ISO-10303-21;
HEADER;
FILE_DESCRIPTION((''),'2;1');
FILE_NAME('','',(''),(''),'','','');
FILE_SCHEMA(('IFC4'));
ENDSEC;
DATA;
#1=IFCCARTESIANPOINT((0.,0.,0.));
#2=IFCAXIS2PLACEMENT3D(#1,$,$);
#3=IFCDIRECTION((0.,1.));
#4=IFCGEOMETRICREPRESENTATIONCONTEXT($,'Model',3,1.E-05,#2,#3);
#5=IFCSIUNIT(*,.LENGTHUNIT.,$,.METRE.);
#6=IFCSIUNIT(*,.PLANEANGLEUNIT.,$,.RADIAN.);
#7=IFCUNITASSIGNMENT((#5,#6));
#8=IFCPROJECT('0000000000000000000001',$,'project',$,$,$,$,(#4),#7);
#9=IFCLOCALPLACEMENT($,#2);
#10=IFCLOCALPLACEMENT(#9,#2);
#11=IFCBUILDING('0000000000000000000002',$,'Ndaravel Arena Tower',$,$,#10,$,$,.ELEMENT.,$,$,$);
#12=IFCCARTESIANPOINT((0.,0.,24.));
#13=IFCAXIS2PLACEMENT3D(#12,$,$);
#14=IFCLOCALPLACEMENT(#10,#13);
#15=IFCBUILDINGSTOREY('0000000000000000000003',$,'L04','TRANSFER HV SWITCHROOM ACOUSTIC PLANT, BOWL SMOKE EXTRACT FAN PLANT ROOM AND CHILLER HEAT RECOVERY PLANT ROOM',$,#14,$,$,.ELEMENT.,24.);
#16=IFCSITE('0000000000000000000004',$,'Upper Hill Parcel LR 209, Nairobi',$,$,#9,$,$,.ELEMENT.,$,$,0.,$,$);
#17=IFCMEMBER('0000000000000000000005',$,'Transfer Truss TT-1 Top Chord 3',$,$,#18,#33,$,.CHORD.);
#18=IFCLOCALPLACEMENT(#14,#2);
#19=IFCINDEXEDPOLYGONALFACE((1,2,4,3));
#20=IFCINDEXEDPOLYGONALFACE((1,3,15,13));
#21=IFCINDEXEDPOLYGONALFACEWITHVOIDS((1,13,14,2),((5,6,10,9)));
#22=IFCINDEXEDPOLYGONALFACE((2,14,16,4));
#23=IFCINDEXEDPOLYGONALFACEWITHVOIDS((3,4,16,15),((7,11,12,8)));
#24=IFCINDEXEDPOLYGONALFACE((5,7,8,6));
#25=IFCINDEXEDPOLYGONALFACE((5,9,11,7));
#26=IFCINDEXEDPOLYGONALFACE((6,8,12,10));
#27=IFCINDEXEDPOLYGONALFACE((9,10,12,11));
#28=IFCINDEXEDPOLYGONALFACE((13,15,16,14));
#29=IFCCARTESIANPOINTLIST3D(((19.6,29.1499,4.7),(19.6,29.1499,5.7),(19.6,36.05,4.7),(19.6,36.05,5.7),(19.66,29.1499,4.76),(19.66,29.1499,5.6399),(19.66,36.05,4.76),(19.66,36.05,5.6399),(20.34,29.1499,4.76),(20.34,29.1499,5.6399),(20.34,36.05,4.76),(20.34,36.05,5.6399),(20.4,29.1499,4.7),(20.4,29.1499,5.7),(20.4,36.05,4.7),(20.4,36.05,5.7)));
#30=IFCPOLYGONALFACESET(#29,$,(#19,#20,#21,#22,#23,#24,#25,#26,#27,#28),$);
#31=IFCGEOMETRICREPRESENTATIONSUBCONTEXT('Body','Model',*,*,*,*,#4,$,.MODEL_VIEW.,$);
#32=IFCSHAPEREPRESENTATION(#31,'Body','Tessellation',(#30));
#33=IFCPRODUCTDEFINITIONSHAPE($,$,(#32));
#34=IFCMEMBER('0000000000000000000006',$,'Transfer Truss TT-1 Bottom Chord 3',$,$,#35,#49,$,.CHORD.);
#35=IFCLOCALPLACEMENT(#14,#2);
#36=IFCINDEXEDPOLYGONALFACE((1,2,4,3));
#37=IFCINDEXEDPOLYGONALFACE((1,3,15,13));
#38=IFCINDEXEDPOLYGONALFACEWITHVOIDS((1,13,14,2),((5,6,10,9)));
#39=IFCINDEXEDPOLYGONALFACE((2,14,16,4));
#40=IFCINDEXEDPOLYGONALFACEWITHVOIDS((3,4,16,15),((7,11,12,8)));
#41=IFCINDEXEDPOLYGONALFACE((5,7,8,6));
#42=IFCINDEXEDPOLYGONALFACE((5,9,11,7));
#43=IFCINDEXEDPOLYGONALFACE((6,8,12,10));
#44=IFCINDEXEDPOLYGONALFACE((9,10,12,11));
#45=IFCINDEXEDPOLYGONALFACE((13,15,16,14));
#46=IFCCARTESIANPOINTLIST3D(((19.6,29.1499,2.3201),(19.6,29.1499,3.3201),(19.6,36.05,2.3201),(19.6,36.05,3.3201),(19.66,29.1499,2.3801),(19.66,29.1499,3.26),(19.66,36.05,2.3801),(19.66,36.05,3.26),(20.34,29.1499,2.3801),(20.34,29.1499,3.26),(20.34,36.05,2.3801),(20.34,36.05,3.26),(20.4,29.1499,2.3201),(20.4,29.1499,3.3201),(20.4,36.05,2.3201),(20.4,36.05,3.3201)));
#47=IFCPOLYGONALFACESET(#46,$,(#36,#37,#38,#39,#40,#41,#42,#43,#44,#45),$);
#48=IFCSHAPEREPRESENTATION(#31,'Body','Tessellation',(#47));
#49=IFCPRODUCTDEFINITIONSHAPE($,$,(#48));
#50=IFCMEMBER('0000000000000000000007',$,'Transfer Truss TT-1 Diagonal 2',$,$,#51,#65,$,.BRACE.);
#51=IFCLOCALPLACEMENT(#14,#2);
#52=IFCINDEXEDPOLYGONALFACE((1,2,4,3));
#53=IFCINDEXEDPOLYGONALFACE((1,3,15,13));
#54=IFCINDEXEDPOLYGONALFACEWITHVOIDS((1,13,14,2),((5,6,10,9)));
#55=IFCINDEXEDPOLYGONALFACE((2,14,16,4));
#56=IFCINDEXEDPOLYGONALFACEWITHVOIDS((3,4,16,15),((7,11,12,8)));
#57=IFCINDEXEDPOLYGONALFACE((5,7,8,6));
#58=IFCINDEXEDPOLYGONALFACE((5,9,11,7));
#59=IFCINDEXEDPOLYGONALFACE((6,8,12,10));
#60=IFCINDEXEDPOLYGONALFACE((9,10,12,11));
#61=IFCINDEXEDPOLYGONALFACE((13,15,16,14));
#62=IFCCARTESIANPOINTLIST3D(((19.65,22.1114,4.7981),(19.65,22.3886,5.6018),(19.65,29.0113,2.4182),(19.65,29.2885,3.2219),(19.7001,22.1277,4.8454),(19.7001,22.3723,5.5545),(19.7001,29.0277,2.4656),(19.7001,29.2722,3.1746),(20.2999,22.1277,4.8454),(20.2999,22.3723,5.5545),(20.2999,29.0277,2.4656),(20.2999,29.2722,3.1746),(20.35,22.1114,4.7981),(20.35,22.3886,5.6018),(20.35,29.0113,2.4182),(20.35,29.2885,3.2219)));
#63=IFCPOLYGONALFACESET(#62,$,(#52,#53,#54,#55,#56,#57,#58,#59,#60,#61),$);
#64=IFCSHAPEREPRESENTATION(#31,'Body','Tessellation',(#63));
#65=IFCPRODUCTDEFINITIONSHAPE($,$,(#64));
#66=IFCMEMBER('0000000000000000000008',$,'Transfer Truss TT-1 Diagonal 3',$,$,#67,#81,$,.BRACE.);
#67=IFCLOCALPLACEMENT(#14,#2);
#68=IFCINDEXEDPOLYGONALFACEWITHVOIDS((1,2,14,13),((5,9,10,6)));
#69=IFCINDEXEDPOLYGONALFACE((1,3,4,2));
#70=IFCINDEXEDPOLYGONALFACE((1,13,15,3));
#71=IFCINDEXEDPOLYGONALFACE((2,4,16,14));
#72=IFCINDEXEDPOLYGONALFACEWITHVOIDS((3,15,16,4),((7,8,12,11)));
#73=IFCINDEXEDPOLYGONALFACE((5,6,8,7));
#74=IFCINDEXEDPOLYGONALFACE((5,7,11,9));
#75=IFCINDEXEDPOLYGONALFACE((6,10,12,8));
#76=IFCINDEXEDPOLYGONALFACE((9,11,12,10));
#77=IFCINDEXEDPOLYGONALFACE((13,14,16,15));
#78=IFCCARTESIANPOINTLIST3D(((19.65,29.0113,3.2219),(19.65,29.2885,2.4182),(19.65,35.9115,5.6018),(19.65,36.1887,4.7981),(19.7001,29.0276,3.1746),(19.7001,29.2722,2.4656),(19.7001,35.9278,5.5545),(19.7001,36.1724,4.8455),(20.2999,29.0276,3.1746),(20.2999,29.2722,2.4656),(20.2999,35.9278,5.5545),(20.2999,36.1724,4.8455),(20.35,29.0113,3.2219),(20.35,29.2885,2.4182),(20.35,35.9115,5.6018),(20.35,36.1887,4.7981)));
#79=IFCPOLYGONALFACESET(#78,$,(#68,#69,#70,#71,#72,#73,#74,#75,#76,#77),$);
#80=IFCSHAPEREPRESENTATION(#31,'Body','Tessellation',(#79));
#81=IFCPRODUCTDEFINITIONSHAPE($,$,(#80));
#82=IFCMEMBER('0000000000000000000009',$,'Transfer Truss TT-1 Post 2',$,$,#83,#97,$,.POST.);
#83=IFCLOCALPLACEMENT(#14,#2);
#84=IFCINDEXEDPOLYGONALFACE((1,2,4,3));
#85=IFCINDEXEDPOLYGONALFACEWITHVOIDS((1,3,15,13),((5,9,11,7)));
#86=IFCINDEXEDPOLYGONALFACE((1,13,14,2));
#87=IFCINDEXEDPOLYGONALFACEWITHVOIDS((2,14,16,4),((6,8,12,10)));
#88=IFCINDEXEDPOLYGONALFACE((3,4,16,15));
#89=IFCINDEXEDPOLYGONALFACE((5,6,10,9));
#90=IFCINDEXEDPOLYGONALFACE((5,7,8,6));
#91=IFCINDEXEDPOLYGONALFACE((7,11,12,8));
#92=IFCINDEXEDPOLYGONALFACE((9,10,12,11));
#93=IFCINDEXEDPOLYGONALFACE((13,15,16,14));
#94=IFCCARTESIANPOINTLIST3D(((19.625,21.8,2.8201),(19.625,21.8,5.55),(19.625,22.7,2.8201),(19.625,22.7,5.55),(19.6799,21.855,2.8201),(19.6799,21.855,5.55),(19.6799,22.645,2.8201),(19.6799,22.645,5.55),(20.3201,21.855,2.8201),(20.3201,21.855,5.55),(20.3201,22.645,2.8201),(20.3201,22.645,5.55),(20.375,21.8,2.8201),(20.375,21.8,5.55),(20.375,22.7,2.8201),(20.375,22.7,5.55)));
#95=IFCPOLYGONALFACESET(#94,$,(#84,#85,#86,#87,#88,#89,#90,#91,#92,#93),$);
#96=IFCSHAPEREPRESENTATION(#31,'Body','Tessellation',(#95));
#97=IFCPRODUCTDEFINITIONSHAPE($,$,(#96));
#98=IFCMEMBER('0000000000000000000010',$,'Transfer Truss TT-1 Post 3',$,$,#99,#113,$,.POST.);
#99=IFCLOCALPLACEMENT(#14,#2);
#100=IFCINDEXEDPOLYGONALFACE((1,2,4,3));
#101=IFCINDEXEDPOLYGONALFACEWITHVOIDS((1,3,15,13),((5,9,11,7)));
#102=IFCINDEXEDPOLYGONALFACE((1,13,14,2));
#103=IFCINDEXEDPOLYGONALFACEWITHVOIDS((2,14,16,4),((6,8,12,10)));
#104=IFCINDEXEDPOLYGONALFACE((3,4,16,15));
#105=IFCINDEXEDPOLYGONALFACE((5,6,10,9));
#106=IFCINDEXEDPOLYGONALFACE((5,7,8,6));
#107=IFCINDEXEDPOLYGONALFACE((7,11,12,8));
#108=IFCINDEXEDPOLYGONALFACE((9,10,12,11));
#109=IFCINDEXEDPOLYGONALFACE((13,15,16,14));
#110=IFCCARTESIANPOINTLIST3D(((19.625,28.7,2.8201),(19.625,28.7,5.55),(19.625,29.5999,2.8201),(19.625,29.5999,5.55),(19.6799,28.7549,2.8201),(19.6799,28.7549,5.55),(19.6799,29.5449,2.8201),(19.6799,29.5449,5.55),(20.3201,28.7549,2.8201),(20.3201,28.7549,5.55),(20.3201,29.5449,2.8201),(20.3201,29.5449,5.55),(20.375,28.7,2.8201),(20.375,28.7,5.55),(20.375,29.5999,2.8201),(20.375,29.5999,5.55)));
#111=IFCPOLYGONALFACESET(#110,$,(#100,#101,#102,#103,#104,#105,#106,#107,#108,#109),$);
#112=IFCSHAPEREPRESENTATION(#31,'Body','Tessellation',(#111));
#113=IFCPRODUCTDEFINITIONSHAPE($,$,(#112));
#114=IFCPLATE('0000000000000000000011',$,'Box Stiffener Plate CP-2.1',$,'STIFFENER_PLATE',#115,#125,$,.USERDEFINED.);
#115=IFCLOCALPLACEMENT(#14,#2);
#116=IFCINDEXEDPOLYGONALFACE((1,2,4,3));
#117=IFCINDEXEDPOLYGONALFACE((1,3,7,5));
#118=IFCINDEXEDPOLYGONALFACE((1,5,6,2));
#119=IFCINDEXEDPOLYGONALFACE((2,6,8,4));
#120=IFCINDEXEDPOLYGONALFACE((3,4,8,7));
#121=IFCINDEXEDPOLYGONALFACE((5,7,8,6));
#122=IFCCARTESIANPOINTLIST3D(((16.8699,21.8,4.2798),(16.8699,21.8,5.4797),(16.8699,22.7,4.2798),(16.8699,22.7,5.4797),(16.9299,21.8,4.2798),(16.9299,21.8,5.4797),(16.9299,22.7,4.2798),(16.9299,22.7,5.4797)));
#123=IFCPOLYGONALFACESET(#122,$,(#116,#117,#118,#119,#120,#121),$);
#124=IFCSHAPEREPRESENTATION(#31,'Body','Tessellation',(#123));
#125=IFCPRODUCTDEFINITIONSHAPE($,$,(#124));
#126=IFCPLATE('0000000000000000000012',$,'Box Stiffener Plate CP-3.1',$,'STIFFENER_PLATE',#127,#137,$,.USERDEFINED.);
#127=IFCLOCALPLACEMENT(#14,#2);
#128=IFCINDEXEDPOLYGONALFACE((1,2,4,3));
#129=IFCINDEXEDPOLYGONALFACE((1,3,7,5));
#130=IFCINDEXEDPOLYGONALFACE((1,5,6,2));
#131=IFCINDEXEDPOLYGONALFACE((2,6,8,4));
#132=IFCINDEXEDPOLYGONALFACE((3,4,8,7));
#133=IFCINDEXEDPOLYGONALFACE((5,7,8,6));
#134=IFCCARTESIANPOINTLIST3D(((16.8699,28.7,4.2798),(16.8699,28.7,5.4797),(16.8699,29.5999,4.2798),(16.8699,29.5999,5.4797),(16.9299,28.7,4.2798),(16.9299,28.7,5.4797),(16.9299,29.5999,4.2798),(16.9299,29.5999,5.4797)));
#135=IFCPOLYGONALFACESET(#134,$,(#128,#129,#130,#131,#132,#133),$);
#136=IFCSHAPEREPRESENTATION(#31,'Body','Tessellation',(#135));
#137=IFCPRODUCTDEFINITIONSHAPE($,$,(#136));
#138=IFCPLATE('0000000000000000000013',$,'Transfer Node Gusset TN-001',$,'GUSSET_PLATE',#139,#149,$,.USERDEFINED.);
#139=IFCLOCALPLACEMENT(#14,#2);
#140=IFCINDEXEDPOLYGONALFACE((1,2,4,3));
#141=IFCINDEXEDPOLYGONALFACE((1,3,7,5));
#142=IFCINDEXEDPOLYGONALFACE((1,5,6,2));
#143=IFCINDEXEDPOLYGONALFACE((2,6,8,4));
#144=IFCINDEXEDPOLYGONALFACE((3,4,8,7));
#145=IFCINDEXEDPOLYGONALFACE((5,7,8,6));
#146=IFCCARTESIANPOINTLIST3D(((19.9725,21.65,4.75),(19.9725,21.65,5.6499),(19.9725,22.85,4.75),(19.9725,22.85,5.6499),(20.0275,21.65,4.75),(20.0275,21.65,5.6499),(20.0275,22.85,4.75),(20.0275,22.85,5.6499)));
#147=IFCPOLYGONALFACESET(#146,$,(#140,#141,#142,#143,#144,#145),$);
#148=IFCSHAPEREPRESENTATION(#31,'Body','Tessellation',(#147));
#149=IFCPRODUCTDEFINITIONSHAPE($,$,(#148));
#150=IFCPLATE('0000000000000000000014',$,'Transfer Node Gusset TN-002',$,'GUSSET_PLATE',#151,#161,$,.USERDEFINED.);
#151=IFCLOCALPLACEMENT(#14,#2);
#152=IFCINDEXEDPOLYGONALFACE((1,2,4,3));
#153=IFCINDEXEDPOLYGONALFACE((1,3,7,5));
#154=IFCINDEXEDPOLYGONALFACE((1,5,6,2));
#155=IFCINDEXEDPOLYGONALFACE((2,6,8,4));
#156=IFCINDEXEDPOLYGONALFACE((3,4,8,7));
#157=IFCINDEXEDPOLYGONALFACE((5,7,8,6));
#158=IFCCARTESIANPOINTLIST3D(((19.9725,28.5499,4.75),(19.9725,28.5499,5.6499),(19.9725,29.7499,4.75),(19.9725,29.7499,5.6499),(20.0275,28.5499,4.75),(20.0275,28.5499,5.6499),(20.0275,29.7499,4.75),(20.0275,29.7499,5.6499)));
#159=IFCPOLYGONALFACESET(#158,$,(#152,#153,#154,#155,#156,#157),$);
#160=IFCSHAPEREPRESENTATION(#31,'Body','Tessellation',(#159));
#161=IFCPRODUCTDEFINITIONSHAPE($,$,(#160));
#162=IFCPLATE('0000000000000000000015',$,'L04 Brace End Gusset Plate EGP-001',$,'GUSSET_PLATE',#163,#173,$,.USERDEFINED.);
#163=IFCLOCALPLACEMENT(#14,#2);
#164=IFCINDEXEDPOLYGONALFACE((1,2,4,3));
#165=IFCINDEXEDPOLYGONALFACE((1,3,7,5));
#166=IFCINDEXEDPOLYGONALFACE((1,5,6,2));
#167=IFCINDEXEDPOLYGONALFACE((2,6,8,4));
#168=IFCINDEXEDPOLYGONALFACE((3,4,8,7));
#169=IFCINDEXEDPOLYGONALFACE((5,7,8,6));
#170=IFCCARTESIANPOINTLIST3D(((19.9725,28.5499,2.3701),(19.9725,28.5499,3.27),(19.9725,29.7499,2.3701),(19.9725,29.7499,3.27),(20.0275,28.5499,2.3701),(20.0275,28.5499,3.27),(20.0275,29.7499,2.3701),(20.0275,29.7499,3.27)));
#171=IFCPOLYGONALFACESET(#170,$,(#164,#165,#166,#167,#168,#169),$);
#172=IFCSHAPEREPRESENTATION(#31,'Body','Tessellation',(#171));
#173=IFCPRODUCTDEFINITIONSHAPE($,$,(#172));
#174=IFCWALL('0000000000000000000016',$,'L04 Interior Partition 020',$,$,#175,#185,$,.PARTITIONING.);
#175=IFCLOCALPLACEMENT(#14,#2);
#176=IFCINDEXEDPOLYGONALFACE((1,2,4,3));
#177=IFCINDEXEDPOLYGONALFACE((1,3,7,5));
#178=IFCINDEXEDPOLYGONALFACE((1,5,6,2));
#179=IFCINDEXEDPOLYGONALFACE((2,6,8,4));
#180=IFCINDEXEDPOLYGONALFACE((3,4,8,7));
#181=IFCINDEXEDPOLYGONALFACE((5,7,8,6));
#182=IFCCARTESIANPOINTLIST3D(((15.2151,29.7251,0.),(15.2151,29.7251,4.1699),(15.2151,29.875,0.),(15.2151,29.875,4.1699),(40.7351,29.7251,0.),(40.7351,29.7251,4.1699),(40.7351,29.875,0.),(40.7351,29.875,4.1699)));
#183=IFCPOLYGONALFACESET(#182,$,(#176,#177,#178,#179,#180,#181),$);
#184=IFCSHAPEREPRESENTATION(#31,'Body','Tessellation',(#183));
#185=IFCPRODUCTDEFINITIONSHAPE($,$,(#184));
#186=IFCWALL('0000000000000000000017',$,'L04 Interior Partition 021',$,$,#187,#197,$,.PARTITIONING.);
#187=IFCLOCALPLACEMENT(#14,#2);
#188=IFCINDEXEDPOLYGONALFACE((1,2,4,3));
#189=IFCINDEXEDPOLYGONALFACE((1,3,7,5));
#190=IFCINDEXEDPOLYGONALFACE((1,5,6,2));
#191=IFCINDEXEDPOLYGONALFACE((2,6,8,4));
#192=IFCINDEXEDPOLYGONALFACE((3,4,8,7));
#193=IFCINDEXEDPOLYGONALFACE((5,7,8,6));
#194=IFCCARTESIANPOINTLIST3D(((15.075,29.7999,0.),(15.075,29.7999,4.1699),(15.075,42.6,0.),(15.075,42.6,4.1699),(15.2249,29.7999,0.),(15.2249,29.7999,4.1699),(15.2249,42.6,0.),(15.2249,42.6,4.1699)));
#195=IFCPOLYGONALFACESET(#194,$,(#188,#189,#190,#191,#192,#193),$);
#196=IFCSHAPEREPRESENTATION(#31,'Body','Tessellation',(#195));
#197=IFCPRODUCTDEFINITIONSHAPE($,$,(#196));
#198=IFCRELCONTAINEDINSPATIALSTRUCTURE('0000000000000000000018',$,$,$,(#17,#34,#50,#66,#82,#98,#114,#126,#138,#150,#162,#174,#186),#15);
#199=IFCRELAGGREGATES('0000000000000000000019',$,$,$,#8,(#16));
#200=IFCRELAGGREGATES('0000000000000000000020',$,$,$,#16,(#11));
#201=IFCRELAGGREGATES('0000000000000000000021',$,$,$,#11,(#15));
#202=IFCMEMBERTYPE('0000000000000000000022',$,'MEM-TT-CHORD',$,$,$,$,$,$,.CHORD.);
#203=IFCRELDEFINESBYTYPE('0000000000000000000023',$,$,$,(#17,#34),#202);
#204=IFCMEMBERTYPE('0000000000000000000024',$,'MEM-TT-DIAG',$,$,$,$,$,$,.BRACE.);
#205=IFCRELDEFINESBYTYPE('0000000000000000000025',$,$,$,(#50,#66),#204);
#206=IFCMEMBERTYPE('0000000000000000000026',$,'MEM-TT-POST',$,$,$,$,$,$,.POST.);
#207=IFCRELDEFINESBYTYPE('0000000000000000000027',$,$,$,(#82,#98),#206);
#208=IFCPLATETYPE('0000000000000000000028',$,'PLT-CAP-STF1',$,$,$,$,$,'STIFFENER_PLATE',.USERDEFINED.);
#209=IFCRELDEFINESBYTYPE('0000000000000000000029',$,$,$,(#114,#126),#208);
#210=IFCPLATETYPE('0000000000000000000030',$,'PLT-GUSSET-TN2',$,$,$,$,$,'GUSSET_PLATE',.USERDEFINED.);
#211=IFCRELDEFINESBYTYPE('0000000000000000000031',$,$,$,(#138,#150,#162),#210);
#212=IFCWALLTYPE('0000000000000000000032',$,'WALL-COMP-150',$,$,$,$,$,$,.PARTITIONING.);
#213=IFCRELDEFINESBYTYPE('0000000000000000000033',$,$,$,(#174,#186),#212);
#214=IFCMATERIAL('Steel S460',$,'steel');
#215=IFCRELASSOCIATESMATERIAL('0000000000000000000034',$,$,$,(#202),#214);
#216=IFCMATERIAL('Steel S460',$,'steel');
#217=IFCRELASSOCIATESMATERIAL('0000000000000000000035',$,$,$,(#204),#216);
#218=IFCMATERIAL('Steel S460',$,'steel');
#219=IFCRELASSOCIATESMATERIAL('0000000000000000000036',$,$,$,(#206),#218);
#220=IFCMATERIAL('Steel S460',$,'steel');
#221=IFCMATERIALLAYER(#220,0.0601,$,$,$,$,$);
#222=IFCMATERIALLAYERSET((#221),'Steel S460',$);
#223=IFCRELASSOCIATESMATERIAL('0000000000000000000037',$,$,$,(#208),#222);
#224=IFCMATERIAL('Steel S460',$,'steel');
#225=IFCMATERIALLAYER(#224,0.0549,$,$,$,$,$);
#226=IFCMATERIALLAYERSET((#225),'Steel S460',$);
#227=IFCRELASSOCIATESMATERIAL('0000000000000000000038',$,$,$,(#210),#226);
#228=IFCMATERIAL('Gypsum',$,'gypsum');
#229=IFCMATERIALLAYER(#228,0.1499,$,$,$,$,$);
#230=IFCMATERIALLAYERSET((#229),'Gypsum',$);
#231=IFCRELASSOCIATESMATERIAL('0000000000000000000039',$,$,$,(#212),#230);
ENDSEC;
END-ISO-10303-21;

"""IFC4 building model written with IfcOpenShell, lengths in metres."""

from ifc_helpers import new_model, si_unit, direction, frame, frame_2d, origin, origin_2d, place, context, subcontext, project, spatial, rectangle, hollow_rectangle, extrude, material, layer, layer_set, material_profile, profile_set, type_object, element, save


model = new_model("IFC4")

# Units and contexts
model_context = context("Model", 3, precision=1e-05, world=origin(), true_north=direction((0.0, 1.0)))
body_context = subcontext(model_context, "Body", "Model", "MODEL_VIEW")
ifc_project = project(units=[si_unit("LENGTHUNIT", "METRE"), si_unit("PLANEANGLEUNIT", "RADIAN")], contexts=[model_context])

# Site, building, storey
site_placement = place(None, origin())
site = spatial("IfcSite", under=ifc_project, at=site_placement, Name="Upper Hill Parcel LR 209, Nairobi", CompositionType="ELEMENT", RefElevation=0.0)
building_placement = place(site_placement, origin())
building = spatial("IfcBuilding", under=site, at=building_placement, Name="Ndaravel Arena Tower", CompositionType="ELEMENT")
storey_placement = place(building_placement, frame((0.0, 0.0, 24.0)))
storey = spatial("IfcBuildingStorey", under=building, at=storey_placement, Name="L04", Description="TRANSFER HV SWITCHROOM ACOUSTIC PLANT, BOWL SMOKE EXTRACT FAN PLANT ROOM AND CHILLER HEAT RECOVERY PLANT ROOM", CompositionType="ELEMENT", Elevation=24.0)

# Members
ifc_material_1 = material(Name="Steel S460", Category="steel")
ifc_material_profile_1 = material_profile(ifc_material_1, hollow_rectangle(XDim=0.8, YDim=1.0, WallThickness=0.0601, at=origin_2d()), Name="BOX 1000x800x60")
ifc_profile_set_1 = profile_set([ifc_material_profile_1], Name="Steel S460")
member_type_1 = type_object("IfcMemberType", Name="MEM-TT-CHORD", PredefinedType="CHORD", material=ifc_profile_set_1)
for number, where, z_axis, x_axis, name in (
    (1, (20.0, 29.1499, 5.2), (0.0, 1.0, 0.0), (-1.0, 0.0, 0.0), "Transfer Truss TT-1 Top Chord 3"),
    (2, (20.0, 29.1499, 2.8201), (0.0, 1.0, 0.0), (-1.0, 0.0, 0.0), "Transfer Truss TT-1 Bottom Chord 3"),
):
    element("IfcMember", number, at=place(storey_placement, frame(where, z_axis=z_axis, x_axis=x_axis)), inside=storey, type_object=member_type_1, Name=name, PredefinedType="CHORD", context=body_context, shape_type="SweptSolid", body=[
        extrude(hollow_rectangle(XDim=0.8, YDim=1.0, WallThickness=0.0601, at=origin_2d()), origin(), (0.0, 0.0, 1.0), 6.9001),
    ])
ifc_material_2 = material(Name="Steel S460", Category="steel")
ifc_material_profile_2 = material_profile(ifc_material_2, hollow_rectangle(XDim=0.7, YDim=0.8501, WallThickness=0.05, at=origin_2d()), Name="BOX 850x700x50")
ifc_profile_set_2 = profile_set([ifc_material_profile_2], Name="Steel S460")
member_type_2 = type_object("IfcMemberType", Name="MEM-TT-DIAG", PredefinedType="BRACE", material=ifc_profile_set_2)
member_1_placement = place(storey_placement, frame((20.0, 22.25, 5.2), z_axis=(0.0, 0.945347, -0.326065), x_axis=(-1.0, 0.0, 0.0)))
element("IfcMember", 3, at=member_1_placement, inside=storey, type_object=member_type_2, Name="Transfer Truss TT-1 Diagonal 2", PredefinedType="BRACE", context=body_context, shape_type="SweptSolid", body=[
    extrude(hollow_rectangle(XDim=0.7, YDim=0.8501, WallThickness=0.05, at=origin_2d()), origin(), (0.0, 0.0, 1.0), 7.2988),
])
member_2_placement = place(storey_placement, frame((20.0, 29.1499, 2.8201), z_axis=(0.0, 0.945351, 0.326055), x_axis=(-1.0, 0.0, 0.0)))
element("IfcMember", 4, at=member_2_placement, inside=storey, type_object=member_type_2, Name="Transfer Truss TT-1 Diagonal 3", PredefinedType="BRACE", context=body_context, shape_type="SweptSolid", body=[
    extrude(hollow_rectangle(XDim=0.7, YDim=0.8501, WallThickness=0.05, at=origin_2d()), origin(), (0.0, 0.0, 1.0), 7.2991),
])
ifc_material_3 = material(Name="Steel S460", Category="steel")
ifc_material_profile_3 = material_profile(ifc_material_3, hollow_rectangle(XDim=0.75, YDim=0.8999, WallThickness=0.0549, at=origin_2d()), Name="BOX 900x750x55")
ifc_profile_set_3 = profile_set([ifc_material_profile_3], Name="Steel S460")
member_type_3 = type_object("IfcMemberType", Name="MEM-TT-POST", PredefinedType="POST", material=ifc_profile_set_3)
for number, where, z_axis, x_axis, name in (
    (5, (20.0, 22.25, 2.8201), (0.0, 0.0, 1.0), (1.0, 0.0, 0.0), "Transfer Truss TT-1 Post 2"),
    (6, (20.0, 29.1499, 2.8201), (0.0, 0.0, 1.0), (1.0, 0.0, 0.0), "Transfer Truss TT-1 Post 3"),
):
    element("IfcMember", number, at=place(storey_placement, frame(where, z_axis=z_axis, x_axis=x_axis)), inside=storey, type_object=member_type_3, Name=name, PredefinedType="POST", context=body_context, shape_type="SweptSolid", body=[
        extrude(hollow_rectangle(XDim=0.75, YDim=0.8999, WallThickness=0.0549, at=origin_2d()), origin(), (0.0, 0.0, 1.0), 2.73),
    ])

# Plates
ifc_material_4 = material(Name="Steel S460", Category="steel")
ifc_layer_1 = layer(ifc_material_4, 0.0601)
ifc_layer_set_1 = layer_set([ifc_layer_1], Name="Steel S460")
plate_type_1 = type_object("IfcPlateType", Name="PLT-CAP-STF1", ElementType="STIFFENER_PLATE", PredefinedType="USERDEFINED", material=ifc_layer_set_1)
for number, where, z_axis, x_axis, name in (
    (7, (16.8999, 22.25, 4.2798), (0.0, 0.0, 1.0), (1.0, 0.0, 0.0), "Box Stiffener Plate CP-2.1"),
    (8, (16.8999, 29.1499, 4.2798), (0.0, 0.0, 1.0), (1.0, 0.0, 0.0), "Box Stiffener Plate CP-3.1"),
):
    element("IfcPlate", number, at=place(storey_placement, frame(where, z_axis=z_axis, x_axis=x_axis)), inside=storey, type_object=plate_type_1, Name=name, ObjectType="STIFFENER_PLATE", PredefinedType="USERDEFINED", context=body_context, shape_type="SweptSolid", body=[
        extrude(rectangle(XDim=0.0601, YDim=0.8999, at=origin_2d()), origin(), (0.0, 0.0, 1.0), 1.2),
    ])
ifc_material_5 = material(Name="Steel S460", Category="steel")
ifc_layer_2 = layer(ifc_material_5, 0.0549)
ifc_layer_set_2 = layer_set([ifc_layer_2], Name="Steel S460")
plate_type_2 = type_object("IfcPlateType", Name="PLT-GUSSET-TN2", ElementType="GUSSET_PLATE", PredefinedType="USERDEFINED", material=ifc_layer_set_2)
for number, where, z_axis, x_axis, name in (
    (9, (20.0, 22.25, 4.75), (0.0, 0.0, 1.0), (1.0, 0.0, 0.0), "Transfer Node Gusset TN-001"),
    (10, (20.0, 29.1499, 4.75), (0.0, 0.0, 1.0), (1.0, 0.0, 0.0), "Transfer Node Gusset TN-002"),
    (11, (20.0, 29.1499, 2.3701), (0.0, 0.0, 1.0), (1.0, 0.0, 0.0), "L04 Brace End Gusset Plate EGP-001"),
):
    element("IfcPlate", number, at=place(storey_placement, frame(where, z_axis=z_axis, x_axis=x_axis)), inside=storey, type_object=plate_type_2, Name=name, ObjectType="GUSSET_PLATE", PredefinedType="USERDEFINED", context=body_context, shape_type="SweptSolid", body=[
        extrude(rectangle(XDim=0.0549, YDim=1.2, at=origin_2d()), origin(), (0.0, 0.0, 1.0), 0.8999),
    ])

# Walls
ifc_material_6 = material(Name="Gypsum", Category="gypsum")
ifc_layer_3 = layer(ifc_material_6, 0.1499)
ifc_layer_set_3 = layer_set([ifc_layer_3], Name="Gypsum")
wall_type = type_object("IfcWallType", Name="WALL-COMP-150", PredefinedType="PARTITIONING", material=ifc_layer_set_3)
wall_1_placement = place(storey_placement, frame((15.2151, 29.8, 0.0), z_axis=(0.0, 0.0, 1.0), x_axis=(1.0, 0.0, 0.0)))
element("IfcWall", 12, at=wall_1_placement, inside=storey, type_object=wall_type, Name="L04 Interior Partition 020", PredefinedType="PARTITIONING", context=body_context, shape_type="SweptSolid", body=[
    extrude(rectangle(XDim=25.52, YDim=0.1499, at=frame_2d((12.76, 0.0))), origin(), (0.0, 0.0, 1.0), 4.1699),
])
wall_2_placement = place(storey_placement, frame((15.1499, 29.8, 0.0), z_axis=(0.0, 0.0, 1.0), x_axis=(0.0, 1.0, 0.0)))
element("IfcWall", 13, at=wall_2_placement, inside=storey, type_object=wall_type, Name="L04 Interior Partition 021", PredefinedType="PARTITIONING", context=body_context, shape_type="SweptSolid", body=[
    extrude(rectangle(XDim=12.8, YDim=0.1499, at=frame_2d((6.3999, 0.0))), origin(), (0.0, 0.0, 1.0), 4.1699),
])

save(model, "model.ifc")
